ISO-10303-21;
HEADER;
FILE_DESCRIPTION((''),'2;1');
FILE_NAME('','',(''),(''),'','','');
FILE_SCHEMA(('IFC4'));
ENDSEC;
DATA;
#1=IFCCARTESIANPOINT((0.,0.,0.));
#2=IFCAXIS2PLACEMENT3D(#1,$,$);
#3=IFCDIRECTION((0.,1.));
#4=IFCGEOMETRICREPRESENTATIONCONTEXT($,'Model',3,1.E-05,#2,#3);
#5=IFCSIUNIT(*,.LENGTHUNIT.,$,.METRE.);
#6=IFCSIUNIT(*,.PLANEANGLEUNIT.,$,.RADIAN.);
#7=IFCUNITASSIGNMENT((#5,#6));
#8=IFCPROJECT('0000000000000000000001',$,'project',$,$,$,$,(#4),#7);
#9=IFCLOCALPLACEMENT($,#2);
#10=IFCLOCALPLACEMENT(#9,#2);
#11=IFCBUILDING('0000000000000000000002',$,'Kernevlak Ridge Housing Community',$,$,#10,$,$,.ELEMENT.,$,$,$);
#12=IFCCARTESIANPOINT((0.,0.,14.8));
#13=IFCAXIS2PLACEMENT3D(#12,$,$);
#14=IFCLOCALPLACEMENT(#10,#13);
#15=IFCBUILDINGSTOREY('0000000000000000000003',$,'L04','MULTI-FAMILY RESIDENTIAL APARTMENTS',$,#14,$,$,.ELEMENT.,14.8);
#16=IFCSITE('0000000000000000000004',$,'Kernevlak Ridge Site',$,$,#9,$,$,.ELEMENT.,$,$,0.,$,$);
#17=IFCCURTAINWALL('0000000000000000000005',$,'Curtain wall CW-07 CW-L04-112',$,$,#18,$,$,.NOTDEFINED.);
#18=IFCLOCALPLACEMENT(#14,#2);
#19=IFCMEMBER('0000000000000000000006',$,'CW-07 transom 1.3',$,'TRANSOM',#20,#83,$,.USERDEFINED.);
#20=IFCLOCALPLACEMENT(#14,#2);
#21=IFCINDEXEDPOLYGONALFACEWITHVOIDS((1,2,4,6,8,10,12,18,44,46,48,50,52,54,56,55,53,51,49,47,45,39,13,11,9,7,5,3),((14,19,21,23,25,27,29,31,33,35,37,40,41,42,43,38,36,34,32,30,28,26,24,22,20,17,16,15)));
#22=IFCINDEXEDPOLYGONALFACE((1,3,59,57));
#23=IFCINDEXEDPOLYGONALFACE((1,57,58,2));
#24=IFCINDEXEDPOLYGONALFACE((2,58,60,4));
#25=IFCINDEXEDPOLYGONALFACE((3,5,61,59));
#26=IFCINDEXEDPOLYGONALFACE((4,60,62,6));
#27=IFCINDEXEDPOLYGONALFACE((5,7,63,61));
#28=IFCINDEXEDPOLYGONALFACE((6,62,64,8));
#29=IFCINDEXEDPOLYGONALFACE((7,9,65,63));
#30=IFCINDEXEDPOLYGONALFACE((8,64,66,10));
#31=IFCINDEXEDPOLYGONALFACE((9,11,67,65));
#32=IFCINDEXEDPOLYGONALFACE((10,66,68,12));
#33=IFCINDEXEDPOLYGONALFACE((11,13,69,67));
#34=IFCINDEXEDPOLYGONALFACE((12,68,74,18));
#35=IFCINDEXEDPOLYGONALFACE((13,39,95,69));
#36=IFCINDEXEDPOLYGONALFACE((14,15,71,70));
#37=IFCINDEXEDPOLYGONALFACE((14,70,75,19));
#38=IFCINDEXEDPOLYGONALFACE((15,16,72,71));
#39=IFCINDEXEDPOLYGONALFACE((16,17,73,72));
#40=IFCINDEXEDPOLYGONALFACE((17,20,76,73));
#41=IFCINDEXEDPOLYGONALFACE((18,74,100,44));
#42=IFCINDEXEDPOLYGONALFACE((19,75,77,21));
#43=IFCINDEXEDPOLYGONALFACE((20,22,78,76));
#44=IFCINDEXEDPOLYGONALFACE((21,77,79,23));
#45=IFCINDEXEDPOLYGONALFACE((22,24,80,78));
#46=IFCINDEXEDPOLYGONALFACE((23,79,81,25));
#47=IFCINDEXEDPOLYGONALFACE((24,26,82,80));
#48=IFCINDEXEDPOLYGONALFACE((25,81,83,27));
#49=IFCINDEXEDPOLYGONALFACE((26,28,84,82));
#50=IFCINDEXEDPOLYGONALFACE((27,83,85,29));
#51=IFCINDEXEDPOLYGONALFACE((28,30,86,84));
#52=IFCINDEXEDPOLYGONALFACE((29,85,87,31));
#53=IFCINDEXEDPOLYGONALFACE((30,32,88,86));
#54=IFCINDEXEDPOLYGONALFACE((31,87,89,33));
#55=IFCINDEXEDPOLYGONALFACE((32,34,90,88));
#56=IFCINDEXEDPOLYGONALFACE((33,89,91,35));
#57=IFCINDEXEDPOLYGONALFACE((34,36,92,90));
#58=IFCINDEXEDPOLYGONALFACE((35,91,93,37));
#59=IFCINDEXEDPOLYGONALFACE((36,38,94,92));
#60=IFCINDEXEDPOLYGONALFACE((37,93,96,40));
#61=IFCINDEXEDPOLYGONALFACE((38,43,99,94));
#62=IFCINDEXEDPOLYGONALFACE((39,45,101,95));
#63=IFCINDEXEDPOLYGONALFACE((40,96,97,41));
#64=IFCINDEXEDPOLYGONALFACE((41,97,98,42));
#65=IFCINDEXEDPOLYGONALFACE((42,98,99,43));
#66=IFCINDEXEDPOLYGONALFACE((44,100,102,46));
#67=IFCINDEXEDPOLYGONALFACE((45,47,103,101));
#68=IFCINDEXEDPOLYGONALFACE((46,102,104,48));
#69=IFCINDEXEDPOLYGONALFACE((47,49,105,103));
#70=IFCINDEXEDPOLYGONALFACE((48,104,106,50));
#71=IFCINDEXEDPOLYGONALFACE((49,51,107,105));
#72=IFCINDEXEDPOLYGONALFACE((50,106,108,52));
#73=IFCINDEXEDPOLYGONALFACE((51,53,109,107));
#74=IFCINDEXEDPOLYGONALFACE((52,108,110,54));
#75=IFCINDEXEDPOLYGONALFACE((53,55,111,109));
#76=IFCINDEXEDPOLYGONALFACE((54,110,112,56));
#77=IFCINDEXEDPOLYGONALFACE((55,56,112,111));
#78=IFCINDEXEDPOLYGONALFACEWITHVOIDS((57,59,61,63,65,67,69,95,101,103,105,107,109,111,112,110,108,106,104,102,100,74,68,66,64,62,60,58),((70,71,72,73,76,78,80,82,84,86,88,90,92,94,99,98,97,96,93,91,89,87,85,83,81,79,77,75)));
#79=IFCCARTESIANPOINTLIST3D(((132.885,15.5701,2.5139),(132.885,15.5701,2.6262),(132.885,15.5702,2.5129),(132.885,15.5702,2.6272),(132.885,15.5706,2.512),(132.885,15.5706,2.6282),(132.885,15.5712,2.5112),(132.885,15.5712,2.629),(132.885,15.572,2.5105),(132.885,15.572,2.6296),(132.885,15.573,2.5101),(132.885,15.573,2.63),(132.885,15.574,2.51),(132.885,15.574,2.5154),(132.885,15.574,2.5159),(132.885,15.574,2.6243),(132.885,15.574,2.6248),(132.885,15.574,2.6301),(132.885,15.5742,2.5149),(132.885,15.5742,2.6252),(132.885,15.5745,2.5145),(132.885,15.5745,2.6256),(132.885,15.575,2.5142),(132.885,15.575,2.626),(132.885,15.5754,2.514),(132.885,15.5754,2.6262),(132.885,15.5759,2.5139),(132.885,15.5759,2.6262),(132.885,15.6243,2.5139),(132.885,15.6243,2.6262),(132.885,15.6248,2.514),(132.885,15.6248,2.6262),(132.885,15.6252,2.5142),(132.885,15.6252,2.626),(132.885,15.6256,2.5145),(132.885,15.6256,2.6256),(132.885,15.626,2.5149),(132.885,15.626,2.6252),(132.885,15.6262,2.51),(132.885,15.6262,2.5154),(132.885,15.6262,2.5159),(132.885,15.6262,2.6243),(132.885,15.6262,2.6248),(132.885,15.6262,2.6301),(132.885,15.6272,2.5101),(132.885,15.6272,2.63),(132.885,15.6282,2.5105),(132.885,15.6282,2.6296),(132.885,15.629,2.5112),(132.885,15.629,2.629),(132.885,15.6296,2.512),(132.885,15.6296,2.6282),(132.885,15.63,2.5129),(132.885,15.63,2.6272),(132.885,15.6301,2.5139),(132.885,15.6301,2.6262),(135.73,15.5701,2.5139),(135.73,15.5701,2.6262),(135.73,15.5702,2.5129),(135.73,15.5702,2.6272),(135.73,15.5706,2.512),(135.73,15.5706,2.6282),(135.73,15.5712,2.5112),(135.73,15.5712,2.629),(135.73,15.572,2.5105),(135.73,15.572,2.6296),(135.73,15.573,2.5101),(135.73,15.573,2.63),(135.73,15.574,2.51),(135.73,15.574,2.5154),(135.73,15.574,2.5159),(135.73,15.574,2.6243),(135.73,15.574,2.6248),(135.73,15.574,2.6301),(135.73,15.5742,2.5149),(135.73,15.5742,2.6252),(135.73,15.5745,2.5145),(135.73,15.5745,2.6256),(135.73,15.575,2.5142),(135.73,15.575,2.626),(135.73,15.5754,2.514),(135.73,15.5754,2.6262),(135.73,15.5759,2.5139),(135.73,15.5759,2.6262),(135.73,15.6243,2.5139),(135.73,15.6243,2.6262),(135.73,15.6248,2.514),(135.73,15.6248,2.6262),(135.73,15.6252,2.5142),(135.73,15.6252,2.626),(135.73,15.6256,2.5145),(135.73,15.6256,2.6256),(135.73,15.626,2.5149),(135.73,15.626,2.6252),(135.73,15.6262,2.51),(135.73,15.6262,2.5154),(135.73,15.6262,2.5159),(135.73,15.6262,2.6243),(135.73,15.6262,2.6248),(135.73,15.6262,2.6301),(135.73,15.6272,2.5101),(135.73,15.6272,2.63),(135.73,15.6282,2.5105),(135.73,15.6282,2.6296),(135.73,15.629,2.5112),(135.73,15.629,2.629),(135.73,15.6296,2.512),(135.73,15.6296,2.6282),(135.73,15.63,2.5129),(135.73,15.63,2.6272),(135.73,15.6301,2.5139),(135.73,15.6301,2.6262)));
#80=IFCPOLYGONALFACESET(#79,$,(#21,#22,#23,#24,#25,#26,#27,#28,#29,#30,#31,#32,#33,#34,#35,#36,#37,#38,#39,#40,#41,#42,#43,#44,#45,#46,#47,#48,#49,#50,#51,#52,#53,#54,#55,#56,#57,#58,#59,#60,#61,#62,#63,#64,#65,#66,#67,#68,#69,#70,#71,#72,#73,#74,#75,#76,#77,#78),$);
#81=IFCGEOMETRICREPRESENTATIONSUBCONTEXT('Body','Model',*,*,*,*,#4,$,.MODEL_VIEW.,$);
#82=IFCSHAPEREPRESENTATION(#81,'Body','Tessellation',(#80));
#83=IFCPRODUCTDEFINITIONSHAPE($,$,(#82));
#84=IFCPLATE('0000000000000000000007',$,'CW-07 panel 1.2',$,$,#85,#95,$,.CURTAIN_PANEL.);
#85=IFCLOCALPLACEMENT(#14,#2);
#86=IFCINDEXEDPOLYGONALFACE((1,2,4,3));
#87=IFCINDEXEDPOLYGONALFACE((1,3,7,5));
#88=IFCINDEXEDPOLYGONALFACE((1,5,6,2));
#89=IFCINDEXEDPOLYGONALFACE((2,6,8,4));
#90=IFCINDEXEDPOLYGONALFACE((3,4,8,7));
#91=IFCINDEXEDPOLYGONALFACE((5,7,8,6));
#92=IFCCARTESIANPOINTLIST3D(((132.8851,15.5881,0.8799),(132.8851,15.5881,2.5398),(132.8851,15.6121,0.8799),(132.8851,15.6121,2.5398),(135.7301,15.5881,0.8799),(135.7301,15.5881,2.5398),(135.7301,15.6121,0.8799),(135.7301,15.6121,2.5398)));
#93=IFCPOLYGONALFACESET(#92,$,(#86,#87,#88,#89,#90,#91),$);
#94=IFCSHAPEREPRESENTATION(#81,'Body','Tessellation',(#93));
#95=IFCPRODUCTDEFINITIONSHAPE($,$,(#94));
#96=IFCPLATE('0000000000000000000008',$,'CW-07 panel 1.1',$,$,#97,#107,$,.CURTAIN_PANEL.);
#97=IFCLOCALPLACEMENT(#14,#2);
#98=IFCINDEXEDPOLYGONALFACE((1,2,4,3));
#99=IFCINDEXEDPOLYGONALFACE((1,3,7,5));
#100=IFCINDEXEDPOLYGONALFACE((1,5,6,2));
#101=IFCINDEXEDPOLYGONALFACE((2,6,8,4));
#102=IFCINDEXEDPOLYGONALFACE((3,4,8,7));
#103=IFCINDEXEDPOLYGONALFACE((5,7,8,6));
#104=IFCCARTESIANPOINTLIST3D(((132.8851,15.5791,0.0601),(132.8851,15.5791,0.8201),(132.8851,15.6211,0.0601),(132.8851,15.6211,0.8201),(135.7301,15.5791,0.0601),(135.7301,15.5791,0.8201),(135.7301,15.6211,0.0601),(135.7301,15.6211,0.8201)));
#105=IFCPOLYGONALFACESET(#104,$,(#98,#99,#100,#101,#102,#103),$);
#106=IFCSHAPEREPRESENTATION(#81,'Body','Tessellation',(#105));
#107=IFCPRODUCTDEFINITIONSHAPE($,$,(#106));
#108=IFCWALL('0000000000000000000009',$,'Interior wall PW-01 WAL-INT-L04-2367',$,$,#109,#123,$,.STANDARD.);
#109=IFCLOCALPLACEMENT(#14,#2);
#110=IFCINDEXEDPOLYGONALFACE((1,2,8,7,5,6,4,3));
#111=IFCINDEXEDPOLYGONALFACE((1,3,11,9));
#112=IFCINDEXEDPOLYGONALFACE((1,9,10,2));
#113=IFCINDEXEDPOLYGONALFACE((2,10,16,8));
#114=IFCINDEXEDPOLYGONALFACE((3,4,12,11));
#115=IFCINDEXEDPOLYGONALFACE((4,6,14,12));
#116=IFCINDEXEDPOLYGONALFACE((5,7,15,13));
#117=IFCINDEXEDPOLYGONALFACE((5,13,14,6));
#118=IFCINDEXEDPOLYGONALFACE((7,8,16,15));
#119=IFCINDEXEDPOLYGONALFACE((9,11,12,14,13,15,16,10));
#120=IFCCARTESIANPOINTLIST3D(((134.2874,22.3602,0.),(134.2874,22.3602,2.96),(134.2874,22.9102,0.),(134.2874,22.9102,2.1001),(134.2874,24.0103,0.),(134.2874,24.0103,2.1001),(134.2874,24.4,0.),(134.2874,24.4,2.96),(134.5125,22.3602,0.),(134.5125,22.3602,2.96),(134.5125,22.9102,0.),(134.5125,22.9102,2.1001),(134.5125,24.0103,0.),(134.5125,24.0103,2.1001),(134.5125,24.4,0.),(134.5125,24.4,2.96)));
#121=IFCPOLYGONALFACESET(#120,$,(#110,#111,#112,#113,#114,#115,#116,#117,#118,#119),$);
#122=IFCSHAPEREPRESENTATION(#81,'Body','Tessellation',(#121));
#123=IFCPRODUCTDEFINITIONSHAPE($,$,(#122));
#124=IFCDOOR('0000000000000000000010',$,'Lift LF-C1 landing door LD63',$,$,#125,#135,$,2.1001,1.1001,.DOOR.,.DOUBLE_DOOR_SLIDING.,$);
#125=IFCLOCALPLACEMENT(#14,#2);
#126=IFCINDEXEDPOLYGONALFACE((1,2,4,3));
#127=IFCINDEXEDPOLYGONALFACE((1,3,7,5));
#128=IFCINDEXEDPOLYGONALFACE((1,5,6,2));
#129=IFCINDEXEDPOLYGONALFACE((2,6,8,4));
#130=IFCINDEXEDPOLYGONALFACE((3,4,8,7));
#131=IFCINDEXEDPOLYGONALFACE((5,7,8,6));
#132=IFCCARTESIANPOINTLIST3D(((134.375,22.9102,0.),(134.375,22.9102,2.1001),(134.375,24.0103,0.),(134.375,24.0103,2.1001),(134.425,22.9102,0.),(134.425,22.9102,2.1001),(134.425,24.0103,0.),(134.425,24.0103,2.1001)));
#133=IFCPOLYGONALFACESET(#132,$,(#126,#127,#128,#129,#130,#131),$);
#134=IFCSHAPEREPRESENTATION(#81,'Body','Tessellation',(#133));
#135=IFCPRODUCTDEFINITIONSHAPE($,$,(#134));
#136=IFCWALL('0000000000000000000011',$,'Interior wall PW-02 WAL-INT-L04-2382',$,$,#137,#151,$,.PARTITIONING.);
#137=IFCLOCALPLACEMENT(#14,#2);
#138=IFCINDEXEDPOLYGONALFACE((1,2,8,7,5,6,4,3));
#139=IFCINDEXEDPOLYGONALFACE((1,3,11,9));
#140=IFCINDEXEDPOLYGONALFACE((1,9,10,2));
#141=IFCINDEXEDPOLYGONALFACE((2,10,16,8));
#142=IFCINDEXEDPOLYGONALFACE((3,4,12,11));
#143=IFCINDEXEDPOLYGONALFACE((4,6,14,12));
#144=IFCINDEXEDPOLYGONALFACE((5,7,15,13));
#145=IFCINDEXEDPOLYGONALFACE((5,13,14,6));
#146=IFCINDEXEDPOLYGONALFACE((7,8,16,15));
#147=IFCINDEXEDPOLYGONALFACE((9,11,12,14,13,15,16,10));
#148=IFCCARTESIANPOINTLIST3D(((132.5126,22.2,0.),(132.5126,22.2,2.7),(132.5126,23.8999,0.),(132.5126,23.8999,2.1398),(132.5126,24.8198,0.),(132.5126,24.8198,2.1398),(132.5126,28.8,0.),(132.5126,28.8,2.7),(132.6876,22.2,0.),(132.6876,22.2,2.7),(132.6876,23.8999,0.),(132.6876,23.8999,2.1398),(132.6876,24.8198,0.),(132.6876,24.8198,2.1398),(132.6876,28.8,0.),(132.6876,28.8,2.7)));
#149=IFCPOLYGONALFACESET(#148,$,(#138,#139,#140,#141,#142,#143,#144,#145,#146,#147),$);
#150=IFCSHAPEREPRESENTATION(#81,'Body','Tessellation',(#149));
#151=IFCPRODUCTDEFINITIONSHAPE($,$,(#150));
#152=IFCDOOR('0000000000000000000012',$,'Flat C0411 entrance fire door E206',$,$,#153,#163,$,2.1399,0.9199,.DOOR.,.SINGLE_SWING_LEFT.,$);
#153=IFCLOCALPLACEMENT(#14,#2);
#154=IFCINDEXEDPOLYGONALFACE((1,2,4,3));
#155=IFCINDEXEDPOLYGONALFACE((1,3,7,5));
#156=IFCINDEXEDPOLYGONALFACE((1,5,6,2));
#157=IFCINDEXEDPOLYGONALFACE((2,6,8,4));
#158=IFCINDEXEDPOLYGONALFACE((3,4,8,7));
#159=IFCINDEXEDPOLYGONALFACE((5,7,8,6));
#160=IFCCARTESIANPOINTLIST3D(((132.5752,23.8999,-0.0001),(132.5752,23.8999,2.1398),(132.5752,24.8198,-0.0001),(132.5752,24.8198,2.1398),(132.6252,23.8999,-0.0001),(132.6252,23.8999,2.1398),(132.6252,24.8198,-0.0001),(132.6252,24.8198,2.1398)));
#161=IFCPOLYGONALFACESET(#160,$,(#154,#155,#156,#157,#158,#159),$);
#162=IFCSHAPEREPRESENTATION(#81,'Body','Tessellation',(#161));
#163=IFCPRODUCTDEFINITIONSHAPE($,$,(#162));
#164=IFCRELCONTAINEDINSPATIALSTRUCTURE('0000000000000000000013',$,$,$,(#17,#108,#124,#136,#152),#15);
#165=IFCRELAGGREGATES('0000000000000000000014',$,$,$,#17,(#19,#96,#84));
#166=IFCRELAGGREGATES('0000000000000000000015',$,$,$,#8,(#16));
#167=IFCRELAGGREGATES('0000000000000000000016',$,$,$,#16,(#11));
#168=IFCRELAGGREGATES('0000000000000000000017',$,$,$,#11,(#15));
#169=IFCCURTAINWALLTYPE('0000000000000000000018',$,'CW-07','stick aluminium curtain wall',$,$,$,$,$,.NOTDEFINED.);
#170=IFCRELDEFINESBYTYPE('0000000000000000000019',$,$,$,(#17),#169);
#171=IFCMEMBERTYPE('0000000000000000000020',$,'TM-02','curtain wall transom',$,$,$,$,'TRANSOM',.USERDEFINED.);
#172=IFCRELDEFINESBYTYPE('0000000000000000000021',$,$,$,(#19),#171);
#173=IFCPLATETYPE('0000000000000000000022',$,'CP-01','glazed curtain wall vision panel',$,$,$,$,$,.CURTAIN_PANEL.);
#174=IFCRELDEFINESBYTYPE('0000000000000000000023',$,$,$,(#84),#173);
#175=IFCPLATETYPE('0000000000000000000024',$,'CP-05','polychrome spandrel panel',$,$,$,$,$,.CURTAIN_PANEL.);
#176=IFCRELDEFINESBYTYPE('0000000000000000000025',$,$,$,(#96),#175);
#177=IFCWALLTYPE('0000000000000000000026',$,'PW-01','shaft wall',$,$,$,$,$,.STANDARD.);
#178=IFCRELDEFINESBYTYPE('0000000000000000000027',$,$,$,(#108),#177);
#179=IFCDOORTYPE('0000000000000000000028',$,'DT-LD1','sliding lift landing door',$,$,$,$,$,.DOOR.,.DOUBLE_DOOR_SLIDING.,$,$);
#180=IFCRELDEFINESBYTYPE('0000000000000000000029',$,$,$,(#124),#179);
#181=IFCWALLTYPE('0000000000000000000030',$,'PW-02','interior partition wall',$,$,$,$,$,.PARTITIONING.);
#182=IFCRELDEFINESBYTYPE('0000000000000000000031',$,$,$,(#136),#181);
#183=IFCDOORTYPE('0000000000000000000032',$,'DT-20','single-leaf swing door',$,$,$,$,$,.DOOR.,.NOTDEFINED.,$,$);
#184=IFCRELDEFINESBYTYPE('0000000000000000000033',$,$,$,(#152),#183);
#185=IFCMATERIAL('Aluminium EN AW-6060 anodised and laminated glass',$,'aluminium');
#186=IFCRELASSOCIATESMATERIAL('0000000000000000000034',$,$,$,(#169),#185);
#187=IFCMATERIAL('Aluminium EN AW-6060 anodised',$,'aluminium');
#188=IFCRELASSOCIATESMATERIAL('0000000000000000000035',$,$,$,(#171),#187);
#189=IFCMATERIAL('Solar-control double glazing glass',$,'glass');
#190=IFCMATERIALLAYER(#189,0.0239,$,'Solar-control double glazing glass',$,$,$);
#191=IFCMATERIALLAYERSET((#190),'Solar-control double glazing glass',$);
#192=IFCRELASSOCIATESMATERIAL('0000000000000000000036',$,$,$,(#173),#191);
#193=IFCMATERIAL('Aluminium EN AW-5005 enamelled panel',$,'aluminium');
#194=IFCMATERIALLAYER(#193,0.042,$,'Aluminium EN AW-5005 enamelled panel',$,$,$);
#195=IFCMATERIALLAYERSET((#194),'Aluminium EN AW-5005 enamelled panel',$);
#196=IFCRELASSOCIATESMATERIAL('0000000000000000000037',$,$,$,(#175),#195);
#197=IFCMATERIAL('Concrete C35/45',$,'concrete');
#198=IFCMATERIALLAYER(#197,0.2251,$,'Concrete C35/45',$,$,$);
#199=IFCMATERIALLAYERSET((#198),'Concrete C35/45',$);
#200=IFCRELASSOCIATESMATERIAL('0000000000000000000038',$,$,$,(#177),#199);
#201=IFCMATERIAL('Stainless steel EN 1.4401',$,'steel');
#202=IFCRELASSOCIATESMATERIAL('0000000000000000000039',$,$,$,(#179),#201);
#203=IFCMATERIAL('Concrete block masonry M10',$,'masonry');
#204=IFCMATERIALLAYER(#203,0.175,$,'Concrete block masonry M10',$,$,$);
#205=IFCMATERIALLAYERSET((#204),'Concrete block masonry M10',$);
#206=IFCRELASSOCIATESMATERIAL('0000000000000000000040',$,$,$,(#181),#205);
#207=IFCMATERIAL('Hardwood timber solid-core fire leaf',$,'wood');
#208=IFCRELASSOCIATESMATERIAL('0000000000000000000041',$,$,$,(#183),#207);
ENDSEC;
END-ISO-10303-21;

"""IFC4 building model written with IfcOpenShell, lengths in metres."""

from ifc_helpers import new_model, si_unit, direction, frame, frame_2d, origin, origin_2d, place, context, subcontext, project, spatial, rectangle, hollow_rectangle, extrude, material, layer, layer_set, material_profile, profile_set, type_object, element, fill, aggregate, save


model = new_model("IFC4")

# Units and contexts
model_context = context("Model", 3, precision=1e-05, world=origin(), true_north=direction((0.0, 1.0)))
body_context = subcontext(model_context, "Body", "Model", "MODEL_VIEW")
ifc_project = project(units=[si_unit("LENGTHUNIT", "METRE"), si_unit("PLANEANGLEUNIT", "RADIAN")], contexts=[model_context])

# Site, building, storey
site_placement = place(None, origin())
site = spatial("IfcSite", under=ifc_project, at=site_placement, Name="Kernevlak Ridge Site", CompositionType="ELEMENT", RefElevation=0.0)
building_placement = place(site_placement, origin())
building = spatial("IfcBuilding", under=site, at=building_placement, Name="Kernevlak Ridge Housing Community", CompositionType="ELEMENT")
storey_placement = place(building_placement, frame((0.0, 0.0, 14.8)))
storey = spatial("IfcBuildingStorey", under=building, at=storey_placement, Name="L04", Description="MULTI-FAMILY RESIDENTIAL APARTMENTS", CompositionType="ELEMENT", Elevation=14.8)

# Shared definitions
ifc_material_1 = material(Name="Concrete C35/45", Category="concrete")

# Curtain wall
ifc_material_2 = material(Name="Aluminium EN AW-6060 anodised and laminated glass", Category="aluminium")
curtain_wall_type = type_object("IfcCurtainWallType", Name="CW-07", Description="stick aluminium curtain wall", PredefinedType="NOTDEFINED", material=ifc_material_2)
curtain_wall_placement = place(storey_placement, origin())
curtain_wall = element("IfcCurtainWall", 1, at=curtain_wall_placement, inside=storey, type_object=curtain_wall_type, Name="Curtain wall CW-07 CW-L04-112", PredefinedType="NOTDEFINED")
ifc_material_3 = material(Name="Aluminium EN AW-6060 anodised", Category="aluminium")

# Member
ifc_material_profile_1 = material_profile(ifc_material_3, hollow_rectangle(XDim=0.0601, YDim=0.1201, WallThickness=0.0039, InnerFilletRadius=0.002, OuterFilletRadius=0.0039, at=origin_2d()), Name="ALU 60x120x4")
ifc_profile_set_1 = profile_set([ifc_material_profile_1], Name="Aluminium EN AW-6060 anodised")
member_type_1 = type_object("IfcMemberType", Name="TM-02", Description="curtain wall transom", ElementType="TRANSOM", PredefinedType="USERDEFINED", material=ifc_profile_set_1)
member_1_placement = place(storey_placement, frame((132.885, 15.6001, 2.5701), z_axis=(1.0, 0.0, 0.0), x_axis=(0.0, 1.0, 0.0)))
member_1 = element("IfcMember", 2, at=member_1_placement, type_object=member_type_1, Name="CW-07 transom 1.3", ObjectType="TRANSOM", PredefinedType="USERDEFINED", context=body_context, shape_type="SweptSolid", body=[
    extrude(hollow_rectangle(XDim=0.0601, YDim=0.1201, WallThickness=0.0039, InnerFilletRadius=0.002, OuterFilletRadius=0.0039, at=origin_2d()), origin(), (0.0, 0.0, 1.0), 2.845),
])

# Plates
ifc_material_4 = material(Name="Solar-control double glazing glass", Category="glass")
ifc_layer_1 = layer(ifc_material_4, 0.0239, Name="Solar-control double glazing glass")
ifc_layer_set_1 = layer_set([ifc_layer_1], Name="Solar-control double glazing glass")
plate_type_1 = type_object("IfcPlateType", Name="CP-01", Description="glazed curtain wall vision panel", PredefinedType="CURTAIN_PANEL", material=ifc_layer_set_1)
plate_1_placement = place(storey_placement, frame((134.3076, 15.6001, 0.8799), z_axis=(0.0, 0.0, 1.0), x_axis=(1.0, 0.0, 0.0)))
plate_1 = element("IfcPlate", 3, at=plate_1_placement, type_object=plate_type_1, Name="CW-07 panel 1.2", PredefinedType="CURTAIN_PANEL", context=body_context, shape_type="SweptSolid", body=[
    extrude(rectangle(XDim=2.845, YDim=0.0239, at=origin_2d()), origin(), (0.0, 0.0, 1.0), 1.6599),
])
ifc_material_5 = material(Name="Aluminium EN AW-5005 enamelled panel", Category="aluminium")
ifc_layer_2 = layer(ifc_material_5, 0.042, Name="Aluminium EN AW-5005 enamelled panel")
ifc_layer_set_2 = layer_set([ifc_layer_2], Name="Aluminium EN AW-5005 enamelled panel")
plate_type_2 = type_object("IfcPlateType", Name="CP-05", Description="polychrome spandrel panel", PredefinedType="CURTAIN_PANEL", material=ifc_layer_set_2)
plate_2_placement = place(storey_placement, frame((134.3076, 15.6001, 0.0601), z_axis=(0.0, 0.0, 1.0), x_axis=(1.0, 0.0, 0.0)))
plate_2 = element("IfcPlate", 4, at=plate_2_placement, type_object=plate_type_2, Name="CW-07 panel 1.1", PredefinedType="CURTAIN_PANEL", context=body_context, shape_type="SweptSolid", body=[
    extrude(rectangle(XDim=2.845, YDim=0.042, at=origin_2d()), origin(), (0.0, 0.0, 1.0), 0.76),
])
aggregate(curtain_wall, [member_1, plate_2, plate_1])

# Walls, openings, doors
ifc_layer_3 = layer(ifc_material_1, 0.2251, Name="Concrete C35/45")
ifc_layer_set_3 = layer_set([ifc_layer_3], Name="Concrete C35/45")
wall_type_1 = type_object("IfcWallType", Name="PW-01", Description="shaft wall", PredefinedType="STANDARD", material=ifc_layer_set_3)
wall_1_placement = place(storey_placement, frame((134.3999, 22.3601, 0.0), z_axis=(0.0, 0.0, 1.0), x_axis=(0.0, 1.0, 0.0)))
wall_1 = element("IfcWall", 5, at=wall_1_placement, inside=storey, type_object=wall_type_1, Name="Interior wall PW-01 WAL-INT-L04-2367", PredefinedType="STANDARD", context=body_context, shape_type="SweptSolid", body=[
    extrude(rectangle(XDim=2.0398, YDim=0.2251, at=frame_2d((1.02, 0.0))), origin(), (0.0, 0.0, 1.0), 2.96),
])
opening_1_placement = place(wall_1_placement, frame((0.55, 0.0, 0.0)))
opening_1 = element("IfcOpeningElement", 6, at=opening_1_placement, cuts=wall_1, PredefinedType="OPENING", context=body_context, shape_type="SweptSolid", body=[
    extrude(rectangle(XDim=1.1001, YDim=2.1001, at=frame_2d((0.55, 1.05))), frame((0.0, 0.1226, 0.0), z_axis=(0.0, -1.0, 0.0), x_axis=(1.0, 0.0, 0.0)), (0.0, 0.0, 1.0), 0.2451),
])
ifc_material_6 = material(Name="Stainless steel EN 1.4401", Category="steel")
door_type_1 = type_object("IfcDoorType", Name="DT-LD1", Description="sliding lift landing door", OperationType="DOUBLE_DOOR_SLIDING", PredefinedType="DOOR", material=ifc_material_6)
door_1_placement = place(opening_1_placement, origin())
door_1 = element("IfcDoor", 7, at=door_1_placement, inside=storey, type_object=door_type_1, Name="Lift LF-C1 landing door LD63", OperationType="DOUBLE_DOOR_SLIDING", OverallHeight=2.1001, OverallWidth=1.1001, PredefinedType="DOOR", context=body_context, shape_type="SweptSolid", body=[
    extrude(rectangle(XDim=1.1001, YDim=2.1001, at=frame_2d((0.55, 1.05))), frame((0.0, 0.0249, 0.0), z_axis=(0.0, -1.0, 0.0), x_axis=(1.0, 0.0, 0.0)), (0.0, 0.0, 1.0), 0.05),
])
fill(opening_1, door_1)
ifc_material_7 = material(Name="Concrete block masonry M10", Category="masonry")
ifc_layer_4 = layer(ifc_material_7, 0.175, Name="Concrete block masonry M10")
ifc_layer_set_4 = layer_set([ifc_layer_4], Name="Concrete block masonry M10")
wall_type_2 = type_object("IfcWallType", Name="PW-02", Description="interior partition wall", PredefinedType="PARTITIONING", material=ifc_layer_set_4)
wall_2_placement = place(storey_placement, frame((132.6001, 22.2, 0.0), z_axis=(0.0, 0.0, 1.0), x_axis=(0.0, 1.0, 0.0)))
wall_2 = element("IfcWall", 8, at=wall_2_placement, inside=storey, type_object=wall_type_2, Name="Interior wall PW-02 WAL-INT-L04-2382", PredefinedType="PARTITIONING", context=body_context, shape_type="SweptSolid", body=[
    extrude(rectangle(XDim=6.6001, YDim=0.175, at=frame_2d((3.3, 0.0))), origin(), (0.0, 0.0, 1.0), 2.7),
])
opening_2_placement = place(wall_2_placement, frame((1.7, 0.0, 0.0)))
opening_2 = element("IfcOpeningElement", 9, at=opening_2_placement, cuts=wall_2, PredefinedType="OPENING", context=body_context, shape_type="SweptSolid", body=[
    extrude(rectangle(XDim=0.9199, YDim=2.1399, at=frame_2d((0.46, 1.0698))), frame((0.0, 0.0974, 0.0), z_axis=(0.0, -1.0, 0.0), x_axis=(1.0, 0.0, 0.0)), (0.0, 0.0, 1.0), 0.1951),
])
ifc_material_8 = material(Name="Hardwood timber solid-core fire leaf", Category="wood")
door_type_2 = type_object("IfcDoorType", Name="DT-20", Description="single-leaf swing door", OperationType="NOTDEFINED", PredefinedType="DOOR", material=ifc_material_8)
door_2_placement = place(opening_2_placement, origin())
door_2 = element("IfcDoor", 10, at=door_2_placement, inside=storey, type_object=door_type_2, Name="Flat C0411 entrance fire door E206", OperationType="SINGLE_SWING_LEFT", OverallHeight=2.1399, OverallWidth=0.9199, PredefinedType="DOOR", context=body_context, shape_type="SweptSolid", body=[
    extrude(rectangle(XDim=0.9199, YDim=2.1399, at=frame_2d((0.46, 1.0698))), frame((0.0, 0.0249, 0.0), z_axis=(0.0, -1.0, 0.0), x_axis=(1.0, 0.0, 0.0)), (0.0, 0.0, 1.0), 0.05),
])
fill(opening_2, door_2)

save(model, "model.ifc")
